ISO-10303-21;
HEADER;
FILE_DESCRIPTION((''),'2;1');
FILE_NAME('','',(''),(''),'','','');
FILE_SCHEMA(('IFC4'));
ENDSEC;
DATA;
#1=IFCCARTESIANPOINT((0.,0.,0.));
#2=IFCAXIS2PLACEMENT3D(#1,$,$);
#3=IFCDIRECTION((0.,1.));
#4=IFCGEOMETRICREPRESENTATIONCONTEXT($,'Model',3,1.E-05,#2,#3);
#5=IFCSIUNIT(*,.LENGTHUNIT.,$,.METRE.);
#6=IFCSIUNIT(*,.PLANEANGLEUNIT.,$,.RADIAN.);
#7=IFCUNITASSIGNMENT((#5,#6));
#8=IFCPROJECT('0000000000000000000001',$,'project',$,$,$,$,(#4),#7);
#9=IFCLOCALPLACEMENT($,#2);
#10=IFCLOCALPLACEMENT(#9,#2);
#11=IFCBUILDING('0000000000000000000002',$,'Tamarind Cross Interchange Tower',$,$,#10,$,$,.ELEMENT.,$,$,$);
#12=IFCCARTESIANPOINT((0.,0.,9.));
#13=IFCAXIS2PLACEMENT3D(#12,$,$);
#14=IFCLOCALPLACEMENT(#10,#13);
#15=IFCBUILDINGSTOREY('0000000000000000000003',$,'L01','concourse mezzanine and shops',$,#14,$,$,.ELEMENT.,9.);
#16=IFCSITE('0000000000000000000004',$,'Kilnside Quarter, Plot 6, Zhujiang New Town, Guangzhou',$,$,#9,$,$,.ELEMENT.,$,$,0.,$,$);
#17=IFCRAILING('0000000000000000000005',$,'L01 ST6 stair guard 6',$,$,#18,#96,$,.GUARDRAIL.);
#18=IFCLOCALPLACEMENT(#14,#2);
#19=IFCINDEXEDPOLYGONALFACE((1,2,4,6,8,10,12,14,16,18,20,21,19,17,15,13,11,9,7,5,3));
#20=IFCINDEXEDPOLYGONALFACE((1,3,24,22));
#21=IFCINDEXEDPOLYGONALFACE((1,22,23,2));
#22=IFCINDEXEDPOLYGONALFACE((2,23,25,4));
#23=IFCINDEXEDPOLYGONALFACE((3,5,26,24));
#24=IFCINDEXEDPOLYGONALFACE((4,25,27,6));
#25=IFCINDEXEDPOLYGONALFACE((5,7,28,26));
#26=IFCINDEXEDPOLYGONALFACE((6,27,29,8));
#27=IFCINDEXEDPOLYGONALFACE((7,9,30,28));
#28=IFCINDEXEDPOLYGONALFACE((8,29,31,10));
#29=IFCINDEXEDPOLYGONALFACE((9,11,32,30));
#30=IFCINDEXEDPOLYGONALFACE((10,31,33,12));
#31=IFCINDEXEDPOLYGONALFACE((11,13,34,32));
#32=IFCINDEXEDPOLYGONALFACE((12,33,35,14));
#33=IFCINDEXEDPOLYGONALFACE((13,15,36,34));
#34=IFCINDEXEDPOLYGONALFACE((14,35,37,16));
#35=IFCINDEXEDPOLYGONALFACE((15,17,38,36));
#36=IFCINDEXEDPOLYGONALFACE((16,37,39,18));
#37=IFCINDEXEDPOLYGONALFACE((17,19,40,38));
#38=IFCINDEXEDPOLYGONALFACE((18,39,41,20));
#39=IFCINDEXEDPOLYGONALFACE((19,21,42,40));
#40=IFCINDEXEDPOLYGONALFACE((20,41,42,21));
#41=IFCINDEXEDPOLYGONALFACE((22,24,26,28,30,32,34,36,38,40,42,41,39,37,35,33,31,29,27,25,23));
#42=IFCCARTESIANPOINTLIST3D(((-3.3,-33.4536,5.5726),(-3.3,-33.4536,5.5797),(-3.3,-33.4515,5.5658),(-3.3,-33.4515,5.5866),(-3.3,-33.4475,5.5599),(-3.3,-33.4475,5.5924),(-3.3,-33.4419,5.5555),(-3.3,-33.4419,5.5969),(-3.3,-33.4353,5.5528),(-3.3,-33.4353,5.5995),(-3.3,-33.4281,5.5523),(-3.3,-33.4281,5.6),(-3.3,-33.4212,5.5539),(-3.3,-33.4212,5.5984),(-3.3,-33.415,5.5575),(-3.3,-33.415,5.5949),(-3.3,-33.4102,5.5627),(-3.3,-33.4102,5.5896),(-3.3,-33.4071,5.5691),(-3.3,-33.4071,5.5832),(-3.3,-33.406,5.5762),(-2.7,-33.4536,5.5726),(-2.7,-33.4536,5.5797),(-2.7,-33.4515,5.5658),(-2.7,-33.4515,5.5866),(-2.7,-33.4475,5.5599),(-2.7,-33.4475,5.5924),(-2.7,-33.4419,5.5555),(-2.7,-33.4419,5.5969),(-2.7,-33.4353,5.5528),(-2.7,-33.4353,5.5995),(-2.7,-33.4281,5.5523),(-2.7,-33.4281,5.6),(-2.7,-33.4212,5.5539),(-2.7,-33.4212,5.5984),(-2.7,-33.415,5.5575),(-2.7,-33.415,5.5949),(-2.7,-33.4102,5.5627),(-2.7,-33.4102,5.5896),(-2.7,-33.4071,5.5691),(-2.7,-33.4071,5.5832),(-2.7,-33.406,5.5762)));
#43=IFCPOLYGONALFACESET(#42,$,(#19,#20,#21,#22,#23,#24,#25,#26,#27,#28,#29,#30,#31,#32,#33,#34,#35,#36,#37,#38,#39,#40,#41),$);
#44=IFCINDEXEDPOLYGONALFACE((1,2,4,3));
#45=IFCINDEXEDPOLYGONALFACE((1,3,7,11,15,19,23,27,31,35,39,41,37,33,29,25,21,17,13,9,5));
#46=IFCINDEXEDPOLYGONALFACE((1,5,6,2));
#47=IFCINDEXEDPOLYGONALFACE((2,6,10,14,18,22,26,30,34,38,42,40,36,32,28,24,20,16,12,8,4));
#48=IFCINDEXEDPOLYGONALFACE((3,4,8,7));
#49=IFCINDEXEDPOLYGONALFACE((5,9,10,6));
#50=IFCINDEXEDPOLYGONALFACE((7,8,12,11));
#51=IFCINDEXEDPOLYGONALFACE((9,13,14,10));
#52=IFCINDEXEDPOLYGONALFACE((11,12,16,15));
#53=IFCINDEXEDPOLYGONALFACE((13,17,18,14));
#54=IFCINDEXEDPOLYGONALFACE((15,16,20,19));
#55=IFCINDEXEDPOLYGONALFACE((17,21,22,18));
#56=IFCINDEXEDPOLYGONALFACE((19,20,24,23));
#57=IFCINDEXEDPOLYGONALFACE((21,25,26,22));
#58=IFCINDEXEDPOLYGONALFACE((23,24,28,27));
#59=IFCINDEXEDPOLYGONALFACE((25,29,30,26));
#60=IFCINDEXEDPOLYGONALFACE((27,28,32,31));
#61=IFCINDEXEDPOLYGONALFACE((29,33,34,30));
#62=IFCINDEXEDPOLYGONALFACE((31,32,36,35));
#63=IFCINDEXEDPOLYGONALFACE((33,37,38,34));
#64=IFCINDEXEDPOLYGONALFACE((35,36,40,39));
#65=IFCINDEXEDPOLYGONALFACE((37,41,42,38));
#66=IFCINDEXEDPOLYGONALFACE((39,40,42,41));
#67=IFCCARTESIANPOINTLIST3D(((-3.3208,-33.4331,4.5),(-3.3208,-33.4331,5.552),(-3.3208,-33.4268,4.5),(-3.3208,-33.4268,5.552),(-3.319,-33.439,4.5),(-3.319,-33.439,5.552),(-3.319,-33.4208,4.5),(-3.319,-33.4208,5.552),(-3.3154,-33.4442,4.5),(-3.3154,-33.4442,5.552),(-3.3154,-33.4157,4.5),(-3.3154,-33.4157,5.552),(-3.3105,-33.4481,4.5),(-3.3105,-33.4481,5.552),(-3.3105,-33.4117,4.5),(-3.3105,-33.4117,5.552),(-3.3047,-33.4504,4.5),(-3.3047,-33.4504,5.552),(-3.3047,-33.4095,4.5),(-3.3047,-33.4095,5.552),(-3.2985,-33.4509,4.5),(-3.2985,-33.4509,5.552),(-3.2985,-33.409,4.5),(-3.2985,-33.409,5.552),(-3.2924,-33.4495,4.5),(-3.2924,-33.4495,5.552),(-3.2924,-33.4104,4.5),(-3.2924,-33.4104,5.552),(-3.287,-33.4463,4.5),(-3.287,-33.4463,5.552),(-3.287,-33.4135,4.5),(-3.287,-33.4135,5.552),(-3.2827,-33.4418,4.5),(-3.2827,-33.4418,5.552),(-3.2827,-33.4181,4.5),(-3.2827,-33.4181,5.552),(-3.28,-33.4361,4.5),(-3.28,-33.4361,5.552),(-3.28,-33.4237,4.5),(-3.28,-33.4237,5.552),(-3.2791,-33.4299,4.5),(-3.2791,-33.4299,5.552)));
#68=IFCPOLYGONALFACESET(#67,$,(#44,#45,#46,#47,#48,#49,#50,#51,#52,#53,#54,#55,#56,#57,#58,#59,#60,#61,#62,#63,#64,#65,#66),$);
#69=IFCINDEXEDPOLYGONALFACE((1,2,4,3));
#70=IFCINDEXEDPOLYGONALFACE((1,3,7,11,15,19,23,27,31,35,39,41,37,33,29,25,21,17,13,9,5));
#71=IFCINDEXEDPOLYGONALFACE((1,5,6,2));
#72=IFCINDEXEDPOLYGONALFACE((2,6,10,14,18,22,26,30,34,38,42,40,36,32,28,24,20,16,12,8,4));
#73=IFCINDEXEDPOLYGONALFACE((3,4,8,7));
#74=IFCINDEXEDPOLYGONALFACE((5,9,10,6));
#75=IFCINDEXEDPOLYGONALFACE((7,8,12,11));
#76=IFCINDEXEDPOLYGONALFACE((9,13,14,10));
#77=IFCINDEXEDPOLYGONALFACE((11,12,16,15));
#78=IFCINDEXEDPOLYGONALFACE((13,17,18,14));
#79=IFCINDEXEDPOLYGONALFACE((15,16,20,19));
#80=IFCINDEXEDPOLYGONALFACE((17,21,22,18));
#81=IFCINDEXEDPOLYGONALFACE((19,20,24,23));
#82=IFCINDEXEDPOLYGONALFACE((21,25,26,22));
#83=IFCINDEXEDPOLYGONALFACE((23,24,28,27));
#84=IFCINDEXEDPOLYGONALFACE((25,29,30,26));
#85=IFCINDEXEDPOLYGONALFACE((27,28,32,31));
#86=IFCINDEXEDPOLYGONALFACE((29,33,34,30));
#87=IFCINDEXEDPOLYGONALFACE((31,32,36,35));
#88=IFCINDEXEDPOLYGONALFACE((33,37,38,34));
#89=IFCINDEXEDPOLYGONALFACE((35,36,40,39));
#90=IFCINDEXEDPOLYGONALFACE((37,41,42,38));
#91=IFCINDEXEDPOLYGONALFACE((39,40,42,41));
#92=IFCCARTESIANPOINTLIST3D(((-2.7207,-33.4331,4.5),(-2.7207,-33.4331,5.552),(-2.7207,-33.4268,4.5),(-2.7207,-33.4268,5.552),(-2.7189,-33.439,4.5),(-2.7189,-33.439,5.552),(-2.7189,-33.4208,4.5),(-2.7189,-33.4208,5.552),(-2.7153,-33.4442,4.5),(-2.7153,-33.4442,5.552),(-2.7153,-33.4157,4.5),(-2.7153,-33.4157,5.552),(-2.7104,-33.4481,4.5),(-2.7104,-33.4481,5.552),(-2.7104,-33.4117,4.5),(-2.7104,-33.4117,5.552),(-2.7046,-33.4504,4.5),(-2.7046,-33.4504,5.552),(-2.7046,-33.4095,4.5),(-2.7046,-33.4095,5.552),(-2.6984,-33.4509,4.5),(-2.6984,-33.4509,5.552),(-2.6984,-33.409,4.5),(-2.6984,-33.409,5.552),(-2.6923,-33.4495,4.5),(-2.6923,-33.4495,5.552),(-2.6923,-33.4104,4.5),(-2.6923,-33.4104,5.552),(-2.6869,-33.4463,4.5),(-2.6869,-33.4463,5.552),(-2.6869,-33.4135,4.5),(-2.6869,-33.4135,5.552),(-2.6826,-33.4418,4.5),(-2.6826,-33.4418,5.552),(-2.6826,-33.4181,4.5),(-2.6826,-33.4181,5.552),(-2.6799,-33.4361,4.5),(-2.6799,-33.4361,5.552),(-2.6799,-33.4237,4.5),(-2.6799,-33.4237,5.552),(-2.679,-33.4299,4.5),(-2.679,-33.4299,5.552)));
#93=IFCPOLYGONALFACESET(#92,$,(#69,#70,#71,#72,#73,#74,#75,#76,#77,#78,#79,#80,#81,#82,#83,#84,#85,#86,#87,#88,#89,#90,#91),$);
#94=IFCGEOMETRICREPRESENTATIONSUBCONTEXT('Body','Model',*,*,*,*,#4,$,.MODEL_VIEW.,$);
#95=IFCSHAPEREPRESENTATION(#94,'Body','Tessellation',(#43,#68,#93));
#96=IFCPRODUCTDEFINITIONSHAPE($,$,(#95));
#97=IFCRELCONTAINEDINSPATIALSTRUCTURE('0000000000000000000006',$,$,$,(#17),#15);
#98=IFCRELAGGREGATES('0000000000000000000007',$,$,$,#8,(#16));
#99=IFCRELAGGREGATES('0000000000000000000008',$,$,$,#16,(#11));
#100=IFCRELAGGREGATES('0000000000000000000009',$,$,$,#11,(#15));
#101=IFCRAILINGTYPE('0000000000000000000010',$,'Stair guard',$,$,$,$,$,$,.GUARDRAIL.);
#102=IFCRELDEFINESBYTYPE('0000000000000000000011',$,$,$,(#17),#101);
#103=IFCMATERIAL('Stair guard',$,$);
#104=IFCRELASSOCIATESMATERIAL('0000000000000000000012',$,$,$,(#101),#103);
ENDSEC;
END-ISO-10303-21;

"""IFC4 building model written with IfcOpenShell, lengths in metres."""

from ifc_helpers import new_model, si_unit, direction, frame, origin, origin_2d, place, context, subcontext, project, spatial, circle, extrude, material, type_object, element, save


model = new_model("IFC4")

# Units and contexts
model_context = context("Model", 3, precision=1e-05, world=origin(), true_north=direction((0.0, 1.0)))
body_context = subcontext(model_context, "Body", "Model", "MODEL_VIEW")
ifc_project = project(units=[si_unit("LENGTHUNIT", "METRE"), si_unit("PLANEANGLEUNIT", "RADIAN")], contexts=[model_context])

# Site, building, storey
site_placement = place(None, origin())
site = spatial("IfcSite", under=ifc_project, at=site_placement, Name="Kilnside Quarter, Plot 6, Zhujiang New Town, Guangzhou", CompositionType="ELEMENT", RefElevation=0.0)
building_placement = place(site_placement, origin())
building = spatial("IfcBuilding", under=site, at=building_placement, Name="Tamarind Cross Interchange Tower", CompositionType="ELEMENT")
storey_placement = place(building_placement, frame((0.0, 0.0, 9.0)))
storey = spatial("IfcBuildingStorey", under=building, at=storey_placement, Name="L01", Description="concourse mezzanine and shops", CompositionType="ELEMENT", Elevation=9.0)

# Railing
ifc_material_1 = material(Name="Stair guard")
railing_type_1 = type_object("IfcRailingType", Name="Stair guard", PredefinedType="GUARDRAIL", material=ifc_material_1)
railing_1_placement = place(storey_placement, frame((-3.3, -33.4299, 4.5)))
element("IfcRailing", 1, at=railing_1_placement, inside=storey, type_object=railing_type_1, Name="L01 ST6 stair guard 6", PredefinedType="GUARDRAIL", context=body_context, shape_type="SweptSolid", body=[
    extrude(circle(Radius=0.0239, at=origin_2d()), frame((0.0, 0.0, 1.0762), z_axis=(1.0, 0.0, 0.0), x_axis=(0.0, 1.0, 0.0)), (0.0, 0.0, 1.0), 0.6001),
    extrude(circle(Radius=0.021, at=origin_2d()), origin(), (0.0, 0.0, 1.0), 1.052),
    extrude(circle(Radius=0.021, at=origin_2d()), frame((0.6001, 0.0, 0.0)), (0.0, 0.0, 1.0), 1.052),
])

save(model, "model.ifc")
